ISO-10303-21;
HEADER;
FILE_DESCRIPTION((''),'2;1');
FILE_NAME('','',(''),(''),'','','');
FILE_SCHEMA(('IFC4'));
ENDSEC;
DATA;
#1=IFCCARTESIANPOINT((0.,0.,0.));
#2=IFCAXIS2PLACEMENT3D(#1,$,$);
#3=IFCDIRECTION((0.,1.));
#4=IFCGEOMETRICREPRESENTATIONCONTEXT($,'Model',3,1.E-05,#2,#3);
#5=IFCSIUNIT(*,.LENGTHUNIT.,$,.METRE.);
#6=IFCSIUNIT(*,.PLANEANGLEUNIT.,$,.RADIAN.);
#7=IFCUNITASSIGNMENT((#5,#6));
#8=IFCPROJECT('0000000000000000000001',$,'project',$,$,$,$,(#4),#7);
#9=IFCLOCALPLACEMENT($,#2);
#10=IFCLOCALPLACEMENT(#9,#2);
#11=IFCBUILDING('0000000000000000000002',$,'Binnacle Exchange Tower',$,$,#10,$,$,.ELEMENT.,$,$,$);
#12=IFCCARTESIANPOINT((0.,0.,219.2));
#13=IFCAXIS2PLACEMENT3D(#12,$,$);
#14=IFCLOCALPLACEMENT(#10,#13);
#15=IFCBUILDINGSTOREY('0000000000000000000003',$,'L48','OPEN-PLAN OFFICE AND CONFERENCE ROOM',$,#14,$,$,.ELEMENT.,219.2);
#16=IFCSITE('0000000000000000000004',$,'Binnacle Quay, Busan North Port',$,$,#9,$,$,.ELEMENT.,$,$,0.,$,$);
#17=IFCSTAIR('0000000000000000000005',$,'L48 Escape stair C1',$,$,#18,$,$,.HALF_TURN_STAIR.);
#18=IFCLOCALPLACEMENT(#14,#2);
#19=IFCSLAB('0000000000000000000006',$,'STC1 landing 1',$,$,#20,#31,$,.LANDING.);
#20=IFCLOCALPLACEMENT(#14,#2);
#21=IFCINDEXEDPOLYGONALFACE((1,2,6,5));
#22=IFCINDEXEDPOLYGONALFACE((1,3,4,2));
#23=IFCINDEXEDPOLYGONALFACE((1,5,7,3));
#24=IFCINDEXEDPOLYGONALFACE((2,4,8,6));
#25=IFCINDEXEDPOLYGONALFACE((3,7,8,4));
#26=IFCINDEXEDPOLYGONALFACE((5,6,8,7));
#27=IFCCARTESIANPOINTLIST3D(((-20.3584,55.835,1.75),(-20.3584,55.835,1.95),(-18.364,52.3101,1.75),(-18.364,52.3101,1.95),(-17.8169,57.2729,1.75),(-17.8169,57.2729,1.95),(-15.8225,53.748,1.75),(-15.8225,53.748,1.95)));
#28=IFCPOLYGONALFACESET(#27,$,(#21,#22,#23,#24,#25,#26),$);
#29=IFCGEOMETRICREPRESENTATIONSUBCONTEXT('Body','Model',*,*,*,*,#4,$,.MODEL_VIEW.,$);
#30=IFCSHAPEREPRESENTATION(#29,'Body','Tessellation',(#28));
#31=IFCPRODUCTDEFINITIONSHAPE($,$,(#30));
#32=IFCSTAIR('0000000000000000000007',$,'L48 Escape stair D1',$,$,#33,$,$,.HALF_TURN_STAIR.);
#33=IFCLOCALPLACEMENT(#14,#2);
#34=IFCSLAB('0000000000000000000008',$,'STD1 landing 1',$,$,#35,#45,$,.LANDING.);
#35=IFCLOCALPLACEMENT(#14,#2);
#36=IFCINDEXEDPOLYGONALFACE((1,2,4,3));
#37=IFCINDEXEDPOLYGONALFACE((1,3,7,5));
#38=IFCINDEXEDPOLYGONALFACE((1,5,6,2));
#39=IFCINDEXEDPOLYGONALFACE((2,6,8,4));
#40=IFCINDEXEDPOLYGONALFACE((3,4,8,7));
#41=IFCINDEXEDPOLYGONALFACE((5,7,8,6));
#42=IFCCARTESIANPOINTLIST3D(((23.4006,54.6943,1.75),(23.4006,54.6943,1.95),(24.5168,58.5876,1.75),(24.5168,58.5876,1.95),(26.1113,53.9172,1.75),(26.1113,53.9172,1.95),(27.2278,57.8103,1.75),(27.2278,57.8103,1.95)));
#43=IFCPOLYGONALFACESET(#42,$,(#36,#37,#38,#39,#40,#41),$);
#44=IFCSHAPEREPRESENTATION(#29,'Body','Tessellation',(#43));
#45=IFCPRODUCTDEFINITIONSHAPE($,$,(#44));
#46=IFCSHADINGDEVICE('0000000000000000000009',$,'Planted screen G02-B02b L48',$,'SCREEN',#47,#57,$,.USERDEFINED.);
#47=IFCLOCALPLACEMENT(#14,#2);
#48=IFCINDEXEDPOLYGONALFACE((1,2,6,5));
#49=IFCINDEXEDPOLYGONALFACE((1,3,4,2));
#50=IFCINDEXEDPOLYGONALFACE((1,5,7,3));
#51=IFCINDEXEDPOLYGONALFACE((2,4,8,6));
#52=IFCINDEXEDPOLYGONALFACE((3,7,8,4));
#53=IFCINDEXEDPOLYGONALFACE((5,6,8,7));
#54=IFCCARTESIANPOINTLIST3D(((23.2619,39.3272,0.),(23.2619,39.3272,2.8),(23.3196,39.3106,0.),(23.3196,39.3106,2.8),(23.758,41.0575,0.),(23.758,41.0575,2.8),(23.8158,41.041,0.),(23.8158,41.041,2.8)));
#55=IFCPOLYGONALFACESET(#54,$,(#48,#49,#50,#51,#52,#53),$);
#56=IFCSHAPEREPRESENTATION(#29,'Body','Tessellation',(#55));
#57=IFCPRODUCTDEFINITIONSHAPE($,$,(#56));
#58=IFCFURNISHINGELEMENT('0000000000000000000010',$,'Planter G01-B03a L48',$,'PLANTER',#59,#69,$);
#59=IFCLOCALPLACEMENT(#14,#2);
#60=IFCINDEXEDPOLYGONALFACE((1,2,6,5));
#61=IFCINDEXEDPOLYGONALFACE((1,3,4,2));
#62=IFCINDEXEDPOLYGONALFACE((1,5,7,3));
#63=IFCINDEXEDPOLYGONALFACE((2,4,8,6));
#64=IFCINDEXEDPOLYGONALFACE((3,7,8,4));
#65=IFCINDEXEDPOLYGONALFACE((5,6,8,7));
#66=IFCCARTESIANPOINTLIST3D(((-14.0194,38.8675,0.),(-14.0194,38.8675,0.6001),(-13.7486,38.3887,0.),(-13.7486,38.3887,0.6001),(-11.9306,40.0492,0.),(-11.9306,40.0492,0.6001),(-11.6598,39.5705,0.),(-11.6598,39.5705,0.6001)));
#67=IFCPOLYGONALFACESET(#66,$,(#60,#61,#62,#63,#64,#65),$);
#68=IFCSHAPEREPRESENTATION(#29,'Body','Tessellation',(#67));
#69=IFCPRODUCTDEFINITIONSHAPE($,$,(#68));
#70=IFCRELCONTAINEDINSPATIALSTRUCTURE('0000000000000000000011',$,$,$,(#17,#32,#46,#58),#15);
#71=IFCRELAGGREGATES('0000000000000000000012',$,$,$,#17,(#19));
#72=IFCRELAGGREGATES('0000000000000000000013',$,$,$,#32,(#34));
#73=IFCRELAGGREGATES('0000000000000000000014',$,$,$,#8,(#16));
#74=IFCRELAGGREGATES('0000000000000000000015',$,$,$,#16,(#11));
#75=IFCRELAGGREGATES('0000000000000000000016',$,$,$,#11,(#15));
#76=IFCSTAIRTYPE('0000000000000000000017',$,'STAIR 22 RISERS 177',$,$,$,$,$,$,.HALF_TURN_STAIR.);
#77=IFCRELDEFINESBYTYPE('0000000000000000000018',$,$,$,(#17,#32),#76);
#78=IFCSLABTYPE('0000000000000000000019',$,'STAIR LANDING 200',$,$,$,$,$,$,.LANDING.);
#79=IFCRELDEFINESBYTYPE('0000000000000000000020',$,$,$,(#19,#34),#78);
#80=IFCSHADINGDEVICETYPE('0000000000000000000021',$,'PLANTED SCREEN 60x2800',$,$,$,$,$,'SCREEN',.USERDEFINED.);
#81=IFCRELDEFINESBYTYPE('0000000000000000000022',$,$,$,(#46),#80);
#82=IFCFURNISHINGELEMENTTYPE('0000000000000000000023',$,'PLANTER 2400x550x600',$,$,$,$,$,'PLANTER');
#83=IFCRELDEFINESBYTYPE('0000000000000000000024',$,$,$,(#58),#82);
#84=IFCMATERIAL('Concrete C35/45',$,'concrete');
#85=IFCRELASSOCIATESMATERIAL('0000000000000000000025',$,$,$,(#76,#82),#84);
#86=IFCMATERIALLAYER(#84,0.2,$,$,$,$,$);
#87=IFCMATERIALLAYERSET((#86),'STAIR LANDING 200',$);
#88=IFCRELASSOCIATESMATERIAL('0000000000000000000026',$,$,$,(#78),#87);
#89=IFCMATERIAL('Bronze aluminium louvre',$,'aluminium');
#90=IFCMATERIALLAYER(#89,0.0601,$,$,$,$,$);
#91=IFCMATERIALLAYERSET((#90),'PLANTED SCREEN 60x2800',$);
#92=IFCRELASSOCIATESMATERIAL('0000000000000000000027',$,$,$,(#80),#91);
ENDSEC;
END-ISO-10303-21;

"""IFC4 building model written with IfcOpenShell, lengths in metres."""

from ifc_helpers import new_model, si_unit, direction, frame, origin, origin_2d, place, context, subcontext, project, spatial, polyline, rectangle, outline, extrude, material, layer, layer_set, type_object, element, aggregate, save


model = new_model("IFC4")

# Units and contexts
model_context = context("Model", 3, precision=1e-05, world=origin(), true_north=direction((0.0, 1.0)))
body_context = subcontext(model_context, "Body", "Model", "MODEL_VIEW")
ifc_project = project(units=[si_unit("LENGTHUNIT", "METRE"), si_unit("PLANEANGLEUNIT", "RADIAN")], contexts=[model_context])

# Site, building, storey
site_placement = place(None, origin())
site = spatial("IfcSite", under=ifc_project, at=site_placement, Name="Binnacle Quay, Busan North Port", CompositionType="ELEMENT", RefElevation=0.0)
building_placement = place(site_placement, origin())
building = spatial("IfcBuilding", under=site, at=building_placement, Name="Binnacle Exchange Tower", CompositionType="ELEMENT")
storey_placement = place(building_placement, frame((0.0, 0.0, 219.2)))
storey = spatial("IfcBuildingStorey", under=building, at=storey_placement, Name="L48", Description="OPEN-PLAN OFFICE AND CONFERENCE ROOM", CompositionType="ELEMENT", Elevation=219.2)

# Shared definitions
ifc_material_1 = material(Name="Concrete C35/45", Category="concrete")

# Stairs, slabs
stair_type = type_object("IfcStairType", Name="STAIR 22 RISERS 177", PredefinedType="HALF_TURN_STAIR", material=ifc_material_1)
ifc_layer_1 = layer(ifc_material_1, 0.2)
ifc_layer_set_1 = layer_set([ifc_layer_1], Name="STAIR LANDING 200")
slab_type_1 = type_object("IfcSlabType", Name="STAIR LANDING 200", PredefinedType="LANDING", material=ifc_layer_set_1)
stair_1_placement = place(storey_placement, origin())
stair_1 = element("IfcStair", 1, at=stair_1_placement, inside=storey, type_object=stair_type, Name="L48 Escape stair C1", PredefinedType="HALF_TURN_STAIR")
slab_1_placement = place(storey_placement, frame((0.0, 0.0, 1.75)))
slab_1 = element("IfcSlab", 2, at=slab_1_placement, type_object=slab_type_1, Name="STC1 landing 1", PredefinedType="LANDING", context=body_context, shape_type="SweptSolid", body=[
    extrude(outline(polyline([(-18.364, 52.3101), (-15.8225, 53.748), (-17.8169, 57.2729), (-20.3584, 55.835), (-18.364, 52.3101)])), origin(), (0.0, 0.0, 1.0), 0.2),
])
aggregate(stair_1, [slab_1])
stair_2_placement = place(storey_placement, origin())
stair_2 = element("IfcStair", 3, at=stair_2_placement, inside=storey, type_object=stair_type, Name="L48 Escape stair D1", PredefinedType="HALF_TURN_STAIR")
slab_2_placement = place(storey_placement, frame((0.0, 0.0, 1.75)))
slab_2 = element("IfcSlab", 4, at=slab_2_placement, type_object=slab_type_1, Name="STD1 landing 1", PredefinedType="LANDING", context=body_context, shape_type="SweptSolid", body=[
    extrude(outline(polyline([(23.4006, 54.6943), (26.1113, 53.9172), (27.2278, 57.8103), (24.5168, 58.5876), (23.4006, 54.6943)])), origin(), (0.0, 0.0, 1.0), 0.2),
])
aggregate(stair_2, [slab_2])

# Shading device
ifc_material_2 = material(Name="Bronze aluminium louvre", Category="aluminium")
ifc_layer_2 = layer(ifc_material_2, 0.0601)
ifc_layer_set_2 = layer_set([ifc_layer_2], Name="PLANTED SCREEN 60x2800")
shading_device_type = type_object("IfcShadingDeviceType", Name="PLANTED SCREEN 60x2800", ElementType="SCREEN", PredefinedType="USERDEFINED", material=ifc_layer_set_2)
shading_device_placement = place(storey_placement, frame((23.5388, 40.1841, 0.0), z_axis=(0.0, 0.0, 1.0), x_axis=(0.961262, -0.275637, 0.0)))
element("IfcShadingDevice", 5, at=shading_device_placement, inside=storey, type_object=shading_device_type, Name="Planted screen G02-B02b L48", ObjectType="SCREEN", PredefinedType="USERDEFINED", context=body_context, shape_type="SweptSolid", body=[
    extrude(rectangle(XDim=0.0601, YDim=1.8, at=origin_2d()), origin(), (0.0, 0.0, 1.0), 2.8),
])

# Furnishing element
furnishing_element_type = type_object("IfcFurnishingElementType", Name="PLANTER 2400x550x600", ElementType="PLANTER", material=ifc_material_1)
furnishing_placement = place(storey_placement, frame((-12.8396, 39.219, 0.0), z_axis=(0.0, 0.0, 1.0), x_axis=(0.870356, 0.492424, 0.0)))
element("IfcFurnishingElement", 6, at=furnishing_placement, inside=storey, type_object=furnishing_element_type, Name="Planter G01-B03a L48", ObjectType="PLANTER", context=body_context, shape_type="SweptSolid", body=[
    extrude(rectangle(XDim=2.3999, YDim=0.55, at=origin_2d()), origin(), (0.0, 0.0, 1.0), 0.6001),
])

save(model, "model.ifc")
